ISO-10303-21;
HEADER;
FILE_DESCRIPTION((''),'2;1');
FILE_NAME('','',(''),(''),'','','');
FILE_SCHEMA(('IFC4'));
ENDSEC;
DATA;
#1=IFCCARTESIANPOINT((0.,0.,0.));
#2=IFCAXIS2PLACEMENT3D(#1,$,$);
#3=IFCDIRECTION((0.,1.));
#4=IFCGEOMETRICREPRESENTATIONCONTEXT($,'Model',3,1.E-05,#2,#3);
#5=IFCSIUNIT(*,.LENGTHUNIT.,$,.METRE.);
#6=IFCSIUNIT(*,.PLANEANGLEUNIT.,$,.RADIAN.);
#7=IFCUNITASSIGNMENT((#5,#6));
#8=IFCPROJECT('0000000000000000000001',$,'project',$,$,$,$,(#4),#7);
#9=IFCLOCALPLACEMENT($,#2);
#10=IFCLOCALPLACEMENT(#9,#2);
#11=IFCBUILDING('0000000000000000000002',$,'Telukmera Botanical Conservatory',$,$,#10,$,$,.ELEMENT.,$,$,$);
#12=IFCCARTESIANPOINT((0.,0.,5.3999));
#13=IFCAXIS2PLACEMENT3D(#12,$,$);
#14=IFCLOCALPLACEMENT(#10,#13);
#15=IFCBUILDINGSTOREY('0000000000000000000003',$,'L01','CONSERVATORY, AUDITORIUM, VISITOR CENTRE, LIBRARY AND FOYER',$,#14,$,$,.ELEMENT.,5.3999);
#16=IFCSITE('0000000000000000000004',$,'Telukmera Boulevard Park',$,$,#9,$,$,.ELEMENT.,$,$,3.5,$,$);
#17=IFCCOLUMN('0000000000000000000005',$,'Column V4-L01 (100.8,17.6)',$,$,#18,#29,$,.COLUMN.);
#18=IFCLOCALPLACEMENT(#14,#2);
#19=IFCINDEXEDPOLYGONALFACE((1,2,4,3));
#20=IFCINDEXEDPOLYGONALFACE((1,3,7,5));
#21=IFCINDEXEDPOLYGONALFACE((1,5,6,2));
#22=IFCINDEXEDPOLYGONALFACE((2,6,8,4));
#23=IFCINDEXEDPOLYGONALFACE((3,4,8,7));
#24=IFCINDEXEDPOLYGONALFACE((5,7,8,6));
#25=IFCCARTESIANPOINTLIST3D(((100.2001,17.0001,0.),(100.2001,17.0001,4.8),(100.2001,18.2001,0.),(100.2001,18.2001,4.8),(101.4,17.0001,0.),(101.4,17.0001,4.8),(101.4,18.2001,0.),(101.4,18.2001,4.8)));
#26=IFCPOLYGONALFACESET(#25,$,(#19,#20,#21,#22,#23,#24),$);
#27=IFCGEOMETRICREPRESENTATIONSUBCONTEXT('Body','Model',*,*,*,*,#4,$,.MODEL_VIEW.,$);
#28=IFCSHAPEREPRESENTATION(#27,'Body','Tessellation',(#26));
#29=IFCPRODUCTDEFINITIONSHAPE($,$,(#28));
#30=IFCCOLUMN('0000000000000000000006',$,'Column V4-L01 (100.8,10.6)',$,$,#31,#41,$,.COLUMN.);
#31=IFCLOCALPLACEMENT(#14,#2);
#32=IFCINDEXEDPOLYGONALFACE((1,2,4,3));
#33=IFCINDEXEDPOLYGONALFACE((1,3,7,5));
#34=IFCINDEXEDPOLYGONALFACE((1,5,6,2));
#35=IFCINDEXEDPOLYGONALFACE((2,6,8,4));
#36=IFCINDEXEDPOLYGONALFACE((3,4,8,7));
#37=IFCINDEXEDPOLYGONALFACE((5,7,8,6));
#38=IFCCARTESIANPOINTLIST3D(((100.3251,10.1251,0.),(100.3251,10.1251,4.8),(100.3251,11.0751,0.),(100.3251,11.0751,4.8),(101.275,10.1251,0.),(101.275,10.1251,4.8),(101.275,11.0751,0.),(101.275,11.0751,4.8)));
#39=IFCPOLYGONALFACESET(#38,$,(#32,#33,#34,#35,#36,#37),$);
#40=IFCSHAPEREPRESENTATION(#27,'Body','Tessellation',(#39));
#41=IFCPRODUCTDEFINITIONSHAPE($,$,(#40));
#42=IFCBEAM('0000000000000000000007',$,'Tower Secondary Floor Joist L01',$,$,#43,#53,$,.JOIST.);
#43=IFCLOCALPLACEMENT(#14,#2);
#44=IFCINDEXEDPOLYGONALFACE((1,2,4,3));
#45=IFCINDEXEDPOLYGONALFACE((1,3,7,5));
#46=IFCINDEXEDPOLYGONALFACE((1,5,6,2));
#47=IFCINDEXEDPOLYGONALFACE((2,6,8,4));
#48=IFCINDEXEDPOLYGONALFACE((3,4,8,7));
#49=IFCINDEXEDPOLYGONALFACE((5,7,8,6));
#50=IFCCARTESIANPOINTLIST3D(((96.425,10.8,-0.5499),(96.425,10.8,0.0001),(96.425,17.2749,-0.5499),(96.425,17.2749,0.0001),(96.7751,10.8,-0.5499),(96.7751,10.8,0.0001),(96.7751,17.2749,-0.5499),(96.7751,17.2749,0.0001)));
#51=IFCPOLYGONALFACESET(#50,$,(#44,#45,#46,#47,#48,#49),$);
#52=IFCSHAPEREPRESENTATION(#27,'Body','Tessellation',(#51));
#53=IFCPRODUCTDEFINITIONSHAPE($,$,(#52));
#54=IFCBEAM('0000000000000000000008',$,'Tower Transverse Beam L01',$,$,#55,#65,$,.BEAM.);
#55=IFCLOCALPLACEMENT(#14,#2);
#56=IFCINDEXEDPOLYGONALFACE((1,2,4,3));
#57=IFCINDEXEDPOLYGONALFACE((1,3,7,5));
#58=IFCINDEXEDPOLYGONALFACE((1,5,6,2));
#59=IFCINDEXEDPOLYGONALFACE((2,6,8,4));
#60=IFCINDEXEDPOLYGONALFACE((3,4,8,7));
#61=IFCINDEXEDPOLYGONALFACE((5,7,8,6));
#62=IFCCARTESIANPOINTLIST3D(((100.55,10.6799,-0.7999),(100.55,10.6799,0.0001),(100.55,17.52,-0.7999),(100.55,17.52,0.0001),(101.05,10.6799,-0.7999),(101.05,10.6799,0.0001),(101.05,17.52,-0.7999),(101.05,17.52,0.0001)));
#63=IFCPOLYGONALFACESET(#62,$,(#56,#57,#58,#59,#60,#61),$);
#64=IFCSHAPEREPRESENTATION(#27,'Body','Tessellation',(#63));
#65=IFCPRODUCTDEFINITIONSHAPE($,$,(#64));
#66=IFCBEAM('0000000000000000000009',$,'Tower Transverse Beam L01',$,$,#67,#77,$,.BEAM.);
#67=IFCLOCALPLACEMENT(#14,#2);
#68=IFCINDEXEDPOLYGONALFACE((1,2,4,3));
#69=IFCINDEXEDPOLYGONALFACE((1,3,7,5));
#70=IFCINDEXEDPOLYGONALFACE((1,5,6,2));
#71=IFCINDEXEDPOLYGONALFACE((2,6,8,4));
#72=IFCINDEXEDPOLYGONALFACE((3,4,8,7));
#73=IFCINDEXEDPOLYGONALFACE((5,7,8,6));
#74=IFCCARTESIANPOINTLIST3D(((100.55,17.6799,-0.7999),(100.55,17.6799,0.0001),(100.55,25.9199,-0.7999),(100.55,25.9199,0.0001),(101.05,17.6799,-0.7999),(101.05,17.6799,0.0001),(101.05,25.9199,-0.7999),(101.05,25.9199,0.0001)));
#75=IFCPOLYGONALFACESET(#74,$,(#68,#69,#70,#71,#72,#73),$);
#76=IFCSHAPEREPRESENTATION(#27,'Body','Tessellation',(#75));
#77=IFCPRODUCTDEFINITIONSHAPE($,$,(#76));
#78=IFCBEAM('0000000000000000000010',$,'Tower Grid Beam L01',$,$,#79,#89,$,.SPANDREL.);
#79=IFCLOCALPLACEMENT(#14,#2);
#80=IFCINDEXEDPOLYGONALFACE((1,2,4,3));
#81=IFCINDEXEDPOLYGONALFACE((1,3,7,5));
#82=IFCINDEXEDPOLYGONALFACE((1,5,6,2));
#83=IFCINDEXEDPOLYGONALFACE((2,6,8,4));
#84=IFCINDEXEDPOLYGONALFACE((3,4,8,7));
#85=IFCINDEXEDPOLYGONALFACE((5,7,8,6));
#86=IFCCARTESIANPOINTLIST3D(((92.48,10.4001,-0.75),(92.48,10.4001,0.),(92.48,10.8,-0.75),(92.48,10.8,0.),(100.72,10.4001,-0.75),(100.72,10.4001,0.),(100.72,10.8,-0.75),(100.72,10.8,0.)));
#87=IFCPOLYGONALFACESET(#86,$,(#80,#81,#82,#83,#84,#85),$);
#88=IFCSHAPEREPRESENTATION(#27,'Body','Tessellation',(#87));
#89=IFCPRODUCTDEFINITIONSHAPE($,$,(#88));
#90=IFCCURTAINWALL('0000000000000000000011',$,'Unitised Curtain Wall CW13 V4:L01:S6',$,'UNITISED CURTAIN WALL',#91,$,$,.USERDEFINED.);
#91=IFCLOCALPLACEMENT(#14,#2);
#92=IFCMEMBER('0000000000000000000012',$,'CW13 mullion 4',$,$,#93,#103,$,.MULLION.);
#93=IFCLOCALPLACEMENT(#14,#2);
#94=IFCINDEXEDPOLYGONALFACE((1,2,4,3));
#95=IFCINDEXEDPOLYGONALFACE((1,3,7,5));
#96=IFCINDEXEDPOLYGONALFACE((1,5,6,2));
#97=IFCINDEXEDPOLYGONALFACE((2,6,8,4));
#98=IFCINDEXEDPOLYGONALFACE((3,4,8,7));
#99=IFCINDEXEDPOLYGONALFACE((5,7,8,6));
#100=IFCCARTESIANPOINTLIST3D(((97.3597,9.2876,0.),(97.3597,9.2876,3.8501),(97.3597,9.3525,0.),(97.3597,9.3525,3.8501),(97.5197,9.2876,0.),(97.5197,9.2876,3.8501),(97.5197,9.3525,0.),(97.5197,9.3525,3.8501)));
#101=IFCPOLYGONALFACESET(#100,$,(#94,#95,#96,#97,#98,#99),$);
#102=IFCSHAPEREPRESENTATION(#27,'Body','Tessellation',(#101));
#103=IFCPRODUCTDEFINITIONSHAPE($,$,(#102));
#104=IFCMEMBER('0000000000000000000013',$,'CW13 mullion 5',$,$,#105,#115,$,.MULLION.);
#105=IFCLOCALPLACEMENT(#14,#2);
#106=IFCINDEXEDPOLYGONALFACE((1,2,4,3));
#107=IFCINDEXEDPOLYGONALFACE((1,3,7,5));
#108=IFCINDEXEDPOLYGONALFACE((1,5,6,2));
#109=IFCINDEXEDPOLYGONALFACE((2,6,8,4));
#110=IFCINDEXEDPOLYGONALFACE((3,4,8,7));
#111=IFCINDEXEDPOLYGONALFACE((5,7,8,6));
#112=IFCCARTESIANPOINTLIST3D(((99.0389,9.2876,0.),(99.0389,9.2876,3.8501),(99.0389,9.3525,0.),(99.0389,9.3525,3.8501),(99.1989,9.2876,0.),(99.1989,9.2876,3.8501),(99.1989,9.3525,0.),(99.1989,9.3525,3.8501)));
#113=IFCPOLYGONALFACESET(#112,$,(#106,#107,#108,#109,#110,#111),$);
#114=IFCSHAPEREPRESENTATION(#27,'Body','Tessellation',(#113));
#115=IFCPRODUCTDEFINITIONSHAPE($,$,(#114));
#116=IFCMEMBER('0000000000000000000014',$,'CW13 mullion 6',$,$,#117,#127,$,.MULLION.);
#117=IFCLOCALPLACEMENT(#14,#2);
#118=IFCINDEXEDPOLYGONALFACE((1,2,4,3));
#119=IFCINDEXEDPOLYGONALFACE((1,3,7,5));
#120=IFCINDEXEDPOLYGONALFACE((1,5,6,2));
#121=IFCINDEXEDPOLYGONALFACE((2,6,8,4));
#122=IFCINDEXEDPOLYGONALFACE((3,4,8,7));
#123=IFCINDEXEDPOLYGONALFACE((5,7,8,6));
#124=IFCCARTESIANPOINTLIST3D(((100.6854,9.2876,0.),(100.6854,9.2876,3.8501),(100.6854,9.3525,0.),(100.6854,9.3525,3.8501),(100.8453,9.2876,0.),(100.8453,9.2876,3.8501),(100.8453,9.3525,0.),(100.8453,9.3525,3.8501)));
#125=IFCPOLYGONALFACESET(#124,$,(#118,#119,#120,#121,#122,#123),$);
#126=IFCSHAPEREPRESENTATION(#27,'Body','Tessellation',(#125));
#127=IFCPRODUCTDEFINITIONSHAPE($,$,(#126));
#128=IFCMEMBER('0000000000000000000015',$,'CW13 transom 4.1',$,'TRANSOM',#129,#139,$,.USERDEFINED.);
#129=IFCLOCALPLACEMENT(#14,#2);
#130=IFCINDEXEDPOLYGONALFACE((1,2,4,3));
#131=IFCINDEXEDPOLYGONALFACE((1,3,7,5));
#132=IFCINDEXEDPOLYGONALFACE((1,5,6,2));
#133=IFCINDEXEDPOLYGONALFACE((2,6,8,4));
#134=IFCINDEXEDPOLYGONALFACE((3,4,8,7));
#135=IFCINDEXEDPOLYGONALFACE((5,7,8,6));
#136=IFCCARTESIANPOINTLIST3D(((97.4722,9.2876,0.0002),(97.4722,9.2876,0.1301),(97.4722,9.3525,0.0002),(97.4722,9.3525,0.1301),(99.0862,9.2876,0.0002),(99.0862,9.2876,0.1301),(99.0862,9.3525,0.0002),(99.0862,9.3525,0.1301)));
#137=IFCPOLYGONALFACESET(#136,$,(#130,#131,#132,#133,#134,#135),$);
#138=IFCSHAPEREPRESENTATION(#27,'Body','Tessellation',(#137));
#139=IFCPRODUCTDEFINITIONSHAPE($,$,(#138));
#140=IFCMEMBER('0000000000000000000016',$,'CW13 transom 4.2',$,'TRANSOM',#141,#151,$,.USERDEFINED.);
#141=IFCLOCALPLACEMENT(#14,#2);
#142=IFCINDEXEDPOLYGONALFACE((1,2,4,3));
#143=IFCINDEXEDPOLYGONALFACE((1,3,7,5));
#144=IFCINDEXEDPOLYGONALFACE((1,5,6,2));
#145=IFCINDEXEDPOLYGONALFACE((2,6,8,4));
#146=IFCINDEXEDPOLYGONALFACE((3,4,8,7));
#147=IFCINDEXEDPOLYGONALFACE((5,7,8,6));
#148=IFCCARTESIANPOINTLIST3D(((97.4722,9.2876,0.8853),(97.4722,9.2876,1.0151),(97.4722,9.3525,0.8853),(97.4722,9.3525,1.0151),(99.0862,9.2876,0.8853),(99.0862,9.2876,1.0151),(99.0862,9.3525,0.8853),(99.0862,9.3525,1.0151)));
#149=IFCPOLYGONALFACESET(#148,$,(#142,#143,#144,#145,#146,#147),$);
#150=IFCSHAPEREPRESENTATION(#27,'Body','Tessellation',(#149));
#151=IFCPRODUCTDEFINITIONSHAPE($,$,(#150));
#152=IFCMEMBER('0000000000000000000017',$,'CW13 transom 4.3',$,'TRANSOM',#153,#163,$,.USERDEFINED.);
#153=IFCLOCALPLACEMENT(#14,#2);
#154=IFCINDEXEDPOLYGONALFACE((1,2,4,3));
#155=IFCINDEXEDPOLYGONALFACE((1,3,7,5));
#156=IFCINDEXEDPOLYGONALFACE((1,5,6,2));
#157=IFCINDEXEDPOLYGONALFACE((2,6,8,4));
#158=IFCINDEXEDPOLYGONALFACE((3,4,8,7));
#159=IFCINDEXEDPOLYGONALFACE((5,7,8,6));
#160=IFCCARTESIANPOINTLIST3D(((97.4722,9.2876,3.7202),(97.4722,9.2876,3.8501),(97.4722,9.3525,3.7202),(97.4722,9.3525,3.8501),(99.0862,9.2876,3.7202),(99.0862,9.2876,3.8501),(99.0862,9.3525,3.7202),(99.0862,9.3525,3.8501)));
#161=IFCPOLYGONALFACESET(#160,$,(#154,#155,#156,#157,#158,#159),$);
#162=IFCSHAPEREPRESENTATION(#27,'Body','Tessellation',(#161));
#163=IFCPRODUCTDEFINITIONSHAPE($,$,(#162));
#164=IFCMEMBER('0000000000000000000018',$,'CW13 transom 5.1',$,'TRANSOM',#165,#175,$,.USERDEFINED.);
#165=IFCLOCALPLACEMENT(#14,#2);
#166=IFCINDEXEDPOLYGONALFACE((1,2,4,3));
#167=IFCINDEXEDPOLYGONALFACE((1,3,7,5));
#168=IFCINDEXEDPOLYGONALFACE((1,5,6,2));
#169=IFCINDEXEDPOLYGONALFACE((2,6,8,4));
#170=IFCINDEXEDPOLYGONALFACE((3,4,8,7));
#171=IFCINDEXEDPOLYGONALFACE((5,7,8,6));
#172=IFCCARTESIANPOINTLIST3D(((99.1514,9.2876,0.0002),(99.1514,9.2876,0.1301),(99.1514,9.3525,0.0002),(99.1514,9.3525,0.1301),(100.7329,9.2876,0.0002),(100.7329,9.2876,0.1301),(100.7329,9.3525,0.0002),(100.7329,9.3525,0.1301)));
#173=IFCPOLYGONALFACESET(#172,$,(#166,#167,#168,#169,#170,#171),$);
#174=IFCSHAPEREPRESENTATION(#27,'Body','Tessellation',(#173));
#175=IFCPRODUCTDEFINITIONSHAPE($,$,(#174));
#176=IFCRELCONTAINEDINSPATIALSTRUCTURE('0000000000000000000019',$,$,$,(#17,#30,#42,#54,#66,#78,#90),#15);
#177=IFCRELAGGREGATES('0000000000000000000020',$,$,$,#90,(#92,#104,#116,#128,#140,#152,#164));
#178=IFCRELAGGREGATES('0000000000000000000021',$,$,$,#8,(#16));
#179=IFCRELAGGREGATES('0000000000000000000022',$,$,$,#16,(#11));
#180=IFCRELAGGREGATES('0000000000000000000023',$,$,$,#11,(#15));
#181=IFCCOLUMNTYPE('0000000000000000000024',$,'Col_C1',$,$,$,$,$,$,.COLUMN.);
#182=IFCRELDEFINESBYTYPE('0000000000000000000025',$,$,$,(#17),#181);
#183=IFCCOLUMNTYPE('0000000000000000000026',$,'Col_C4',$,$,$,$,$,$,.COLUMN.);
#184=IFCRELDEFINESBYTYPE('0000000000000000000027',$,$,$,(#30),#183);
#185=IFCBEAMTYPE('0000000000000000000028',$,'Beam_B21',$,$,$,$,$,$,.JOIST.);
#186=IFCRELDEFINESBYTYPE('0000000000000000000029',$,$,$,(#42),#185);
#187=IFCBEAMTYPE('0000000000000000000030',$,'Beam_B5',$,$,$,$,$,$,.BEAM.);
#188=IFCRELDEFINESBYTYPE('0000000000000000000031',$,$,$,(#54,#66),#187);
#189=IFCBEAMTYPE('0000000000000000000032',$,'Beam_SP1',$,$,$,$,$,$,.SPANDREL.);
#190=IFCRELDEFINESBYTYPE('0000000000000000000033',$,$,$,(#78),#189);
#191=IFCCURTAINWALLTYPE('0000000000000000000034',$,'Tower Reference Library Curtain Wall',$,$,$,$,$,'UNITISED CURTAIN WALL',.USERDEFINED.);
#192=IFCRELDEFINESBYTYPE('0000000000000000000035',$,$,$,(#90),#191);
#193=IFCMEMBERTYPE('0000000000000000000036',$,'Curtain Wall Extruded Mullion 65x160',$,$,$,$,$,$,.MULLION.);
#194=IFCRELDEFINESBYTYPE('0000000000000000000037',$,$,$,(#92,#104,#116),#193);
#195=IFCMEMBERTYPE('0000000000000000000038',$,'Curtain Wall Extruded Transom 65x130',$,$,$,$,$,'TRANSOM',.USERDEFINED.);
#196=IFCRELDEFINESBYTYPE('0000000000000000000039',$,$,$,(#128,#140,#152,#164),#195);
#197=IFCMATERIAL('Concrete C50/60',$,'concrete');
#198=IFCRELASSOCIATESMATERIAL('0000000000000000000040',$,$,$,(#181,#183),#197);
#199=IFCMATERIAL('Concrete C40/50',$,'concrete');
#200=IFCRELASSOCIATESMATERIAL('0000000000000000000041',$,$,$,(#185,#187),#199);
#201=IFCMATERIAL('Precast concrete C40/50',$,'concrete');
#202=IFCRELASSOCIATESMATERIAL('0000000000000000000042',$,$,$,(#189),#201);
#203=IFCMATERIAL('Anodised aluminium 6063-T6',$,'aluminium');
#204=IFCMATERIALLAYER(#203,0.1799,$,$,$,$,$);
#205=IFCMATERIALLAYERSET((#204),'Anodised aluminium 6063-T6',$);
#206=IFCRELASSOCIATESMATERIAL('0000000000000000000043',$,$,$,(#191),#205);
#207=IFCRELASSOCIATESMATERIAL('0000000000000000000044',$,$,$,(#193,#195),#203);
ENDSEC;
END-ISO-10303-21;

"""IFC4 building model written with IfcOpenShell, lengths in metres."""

from ifc_helpers import new_model, si_unit, direction, frame, origin, origin_2d, place, context, subcontext, project, spatial, rectangle, extrude, material, layer, layer_set, material_profile, profile_set, type_object, element, aggregate, save


model = new_model("IFC4")

# Units and contexts
model_context = context("Model", 3, precision=1e-05, world=origin(), true_north=direction((0.0, 1.0)))
body_context = subcontext(model_context, "Body", "Model", "MODEL_VIEW")
ifc_project = project(units=[si_unit("LENGTHUNIT", "METRE"), si_unit("PLANEANGLEUNIT", "RADIAN")], contexts=[model_context])

# Site, building, storey
site_placement = place(None, origin())
site = spatial("IfcSite", under=ifc_project, at=site_placement, Name="Telukmera Boulevard Park", CompositionType="ELEMENT", RefElevation=3.5)
building_placement = place(site_placement, origin())
building = spatial("IfcBuilding", under=site, at=building_placement, Name="Telukmera Botanical Conservatory", CompositionType="ELEMENT")
storey_placement = place(building_placement, frame((0.0, 0.0, 5.3999)))
storey = spatial("IfcBuildingStorey", under=building, at=storey_placement, Name="L01", Description="CONSERVATORY, AUDITORIUM, VISITOR CENTRE, LIBRARY AND FOYER", CompositionType="ELEMENT", Elevation=5.3999)

# Columns
ifc_material_1 = material(Name="Concrete C50/60", Category="concrete")
ifc_material_profile_1 = material_profile(ifc_material_1, rectangle(XDim=1.2, YDim=1.2, at=origin_2d()), Name="RC 1200x1200")
ifc_profile_set_1 = profile_set([ifc_material_profile_1], Name="Concrete C50/60")
column_type_1 = type_object("IfcColumnType", Name="Col_C1", PredefinedType="COLUMN", material=ifc_profile_set_1)
column_1_placement = place(storey_placement, frame((100.8, 17.6001, 0.0), z_axis=(0.0, 0.0, 1.0), x_axis=(1.0, 0.0, 0.0)))
element("IfcColumn", 1, at=column_1_placement, inside=storey, type_object=column_type_1, Name="Column V4-L01 (100.8,17.6)", PredefinedType="COLUMN", context=body_context, shape_type="SweptSolid", body=[
    extrude(rectangle(XDim=1.2, YDim=1.2, at=origin_2d()), origin(), (0.0, 0.0, 1.0), 4.8),
])
ifc_material_profile_2 = material_profile(ifc_material_1, rectangle(XDim=0.95, YDim=0.95, at=origin_2d()), Name="RC 950x950")
ifc_profile_set_2 = profile_set([ifc_material_profile_2], Name="Concrete C50/60")
column_type_2 = type_object("IfcColumnType", Name="Col_C4", PredefinedType="COLUMN", material=ifc_profile_set_2)
column_2_placement = place(storey_placement, frame((100.8, 10.6001, 0.0), z_axis=(0.0, 0.0, 1.0), x_axis=(1.0, 0.0, 0.0)))
element("IfcColumn", 2, at=column_2_placement, inside=storey, type_object=column_type_2, Name="Column V4-L01 (100.8,10.6)", PredefinedType="COLUMN", context=body_context, shape_type="SweptSolid", body=[
    extrude(rectangle(XDim=0.95, YDim=0.95, at=origin_2d()), origin(), (0.0, 0.0, 1.0), 4.8),
])

# Beams
ifc_material_2 = material(Name="Concrete C40/50", Category="concrete")
ifc_material_profile_3 = material_profile(ifc_material_2, rectangle(XDim=0.3501, YDim=0.55, at=origin_2d()), Name="RC 350x550")
ifc_profile_set_3 = profile_set([ifc_material_profile_3], Name="Concrete C40/50")
beam_type_1 = type_object("IfcBeamType", Name="Beam_B21", PredefinedType="JOIST", material=ifc_profile_set_3)
beam_1_placement = place(storey_placement, frame((96.6001, 10.8, -0.2749), z_axis=(0.0, 1.0, 0.0), x_axis=(-1.0, 0.0, 0.0)))
element("IfcBeam", 3, at=beam_1_placement, inside=storey, type_object=beam_type_1, Name="Tower Secondary Floor Joist L01", PredefinedType="JOIST", context=body_context, shape_type="SweptSolid", body=[
    extrude(rectangle(XDim=0.3501, YDim=0.55, at=origin_2d()), origin(), (0.0, 0.0, 1.0), 6.4749),
])
ifc_material_profile_4 = material_profile(ifc_material_2, rectangle(XDim=0.5, YDim=0.8, at=origin_2d()), Name="RC 500x800")
ifc_profile_set_4 = profile_set([ifc_material_profile_4], Name="Concrete C40/50")
beam_type_2 = type_object("IfcBeamType", Name="Beam_B5", PredefinedType="BEAM", material=ifc_profile_set_4)
beam_2_placement = place(storey_placement, frame((100.8, 10.6799, -0.3999), z_axis=(0.0, 1.0, 0.0), x_axis=(-1.0, 0.0, 0.0)))
element("IfcBeam", 4, at=beam_2_placement, inside=storey, type_object=beam_type_2, Name="Tower Transverse Beam L01", PredefinedType="BEAM", context=body_context, shape_type="SweptSolid", body=[
    extrude(rectangle(XDim=0.5, YDim=0.8, at=origin_2d()), origin(), (0.0, 0.0, 1.0), 6.8401),
])
beam_3_placement = place(storey_placement, frame((100.8, 17.6799, -0.3999), z_axis=(0.0, 1.0, 0.0), x_axis=(-1.0, 0.0, 0.0)))
element("IfcBeam", 5, at=beam_3_placement, inside=storey, type_object=beam_type_2, Name="Tower Transverse Beam L01", PredefinedType="BEAM", context=body_context, shape_type="SweptSolid", body=[
    extrude(rectangle(XDim=0.5, YDim=0.8, at=origin_2d()), origin(), (0.0, 0.0, 1.0), 8.24),
])
ifc_material_3 = material(Name="Precast concrete C40/50", Category="concrete")
ifc_material_profile_5 = material_profile(ifc_material_3, rectangle(XDim=0.3999, YDim=0.75, at=origin_2d()), Name="PC 400x750")
ifc_profile_set_5 = profile_set([ifc_material_profile_5], Name="Precast concrete C40/50")
beam_type_3 = type_object("IfcBeamType", Name="Beam_SP1", PredefinedType="SPANDREL", material=ifc_profile_set_5)
beam_4_placement = place(storey_placement, frame((92.48, 10.6001, -0.375), z_axis=(1.0, 0.0, 0.0), x_axis=(0.0, 1.0, 0.0)))
element("IfcBeam", 6, at=beam_4_placement, inside=storey, type_object=beam_type_3, Name="Tower Grid Beam L01", PredefinedType="SPANDREL", context=body_context, shape_type="SweptSolid", body=[
    extrude(rectangle(XDim=0.3999, YDim=0.75, at=origin_2d()), origin(), (0.0, 0.0, 1.0), 8.24),
])

# Curtain wall, members
ifc_material_4 = material(Name="Anodised aluminium 6063-T6", Category="aluminium")
ifc_layer_1 = layer(ifc_material_4, 0.1799)
ifc_layer_set_1 = layer_set([ifc_layer_1], Name="Anodised aluminium 6063-T6")
curtain_wall_type = type_object("IfcCurtainWallType", Name="Tower Reference Library Curtain Wall", ElementType="UNITISED CURTAIN WALL", PredefinedType="USERDEFINED", material=ifc_layer_set_1)
curtain_wall_placement = place(storey_placement, origin())
curtain_wall = element("IfcCurtainWall", 7, at=curtain_wall_placement, inside=storey, type_object=curtain_wall_type, Name="Unitised Curtain Wall CW13 V4:L01:S6", ObjectType="UNITISED CURTAIN WALL", PredefinedType="USERDEFINED")
ifc_material_profile_6 = material_profile(ifc_material_4, rectangle(XDim=0.0649, YDim=0.1599, at=origin_2d()), Name="ALU MULL 65x160")
ifc_profile_set_6 = profile_set([ifc_material_profile_6], Name="Anodised aluminium 6063-T6")
member_type_1 = type_object("IfcMemberType", Name="Curtain Wall Extruded Mullion 65x160", PredefinedType="MULLION", material=ifc_profile_set_6)
member_1_placement = place(storey_placement, frame((97.4397, 9.3201, 0.0), z_axis=(0.0, 0.0, 1.0), x_axis=(0.0, 1.0, 0.0)))
member_1 = element("IfcMember", 8, at=member_1_placement, type_object=member_type_1, Name="CW13 mullion 4", PredefinedType="MULLION", context=body_context, shape_type="SweptSolid", body=[
    extrude(rectangle(XDim=0.0649, YDim=0.1599, at=origin_2d()), origin(), (0.0, 0.0, 1.0), 3.8501),
])
member_2_placement = place(storey_placement, frame((99.1189, 9.3201, 0.0), z_axis=(0.0, 0.0, 1.0), x_axis=(0.0, 1.0, 0.0)))
member_2 = element("IfcMember", 9, at=member_2_placement, type_object=member_type_1, Name="CW13 mullion 5", PredefinedType="MULLION", context=body_context, shape_type="SweptSolid", body=[
    extrude(rectangle(XDim=0.0649, YDim=0.1599, at=origin_2d()), origin(), (0.0, 0.0, 1.0), 3.8501),
])
member_3_placement = place(storey_placement, frame((100.7654, 9.3201, 0.0), z_axis=(0.0, 0.0, 1.0), x_axis=(0.0, 1.0, 0.0)))
member_3 = element("IfcMember", 10, at=member_3_placement, type_object=member_type_1, Name="CW13 mullion 6", PredefinedType="MULLION", context=body_context, shape_type="SweptSolid", body=[
    extrude(rectangle(XDim=0.0649, YDim=0.1599, at=origin_2d()), origin(), (0.0, 0.0, 1.0), 3.8501),
])
ifc_material_profile_7 = material_profile(ifc_material_4, rectangle(XDim=0.0649, YDim=0.1299, at=origin_2d()), Name="ALU TRAN 65x130")
ifc_profile_set_7 = profile_set([ifc_material_profile_7], Name="Anodised aluminium 6063-T6")
member_type_2 = type_object("IfcMemberType", Name="Curtain Wall Extruded Transom 65x130", ElementType="TRANSOM", PredefinedType="USERDEFINED", material=ifc_profile_set_7)
member_4_placement = place(storey_placement, frame((97.4722, 9.3201, 0.0652), z_axis=(1.0, 0.0, 0.0), x_axis=(0.0, 1.0, 0.0)))
member_4 = element("IfcMember", 11, at=member_4_placement, type_object=member_type_2, Name="CW13 transom 4.1", ObjectType="TRANSOM", PredefinedType="USERDEFINED", context=body_context, shape_type="SweptSolid", body=[
    extrude(rectangle(XDim=0.0649, YDim=0.1299, at=origin_2d()), origin(), (0.0, 0.0, 1.0), 1.614),
])
member_5_placement = place(storey_placement, frame((97.4722, 9.3201, 0.9502), z_axis=(1.0, 0.0, 0.0), x_axis=(0.0, 1.0, 0.0)))
member_5 = element("IfcMember", 12, at=member_5_placement, type_object=member_type_2, Name="CW13 transom 4.2", ObjectType="TRANSOM", PredefinedType="USERDEFINED", context=body_context, shape_type="SweptSolid", body=[
    extrude(rectangle(XDim=0.0649, YDim=0.1299, at=origin_2d()), origin(), (0.0, 0.0, 1.0), 1.614),
])
member_6_placement = place(storey_placement, frame((97.4722, 9.3201, 3.7852), z_axis=(1.0, 0.0, 0.0), x_axis=(0.0, 1.0, 0.0)))
member_6 = element("IfcMember", 13, at=member_6_placement, type_object=member_type_2, Name="CW13 transom 4.3", ObjectType="TRANSOM", PredefinedType="USERDEFINED", context=body_context, shape_type="SweptSolid", body=[
    extrude(rectangle(XDim=0.0649, YDim=0.1299, at=origin_2d()), origin(), (0.0, 0.0, 1.0), 1.614),
])
member_7_placement = place(storey_placement, frame((99.1514, 9.3201, 0.0652), z_axis=(1.0, 0.0, 0.0), x_axis=(0.0, 1.0, 0.0)))
member_7 = element("IfcMember", 14, at=member_7_placement, type_object=member_type_2, Name="CW13 transom 5.1", ObjectType="TRANSOM", PredefinedType="USERDEFINED", context=body_context, shape_type="SweptSolid", body=[
    extrude(rectangle(XDim=0.0649, YDim=0.1299, at=origin_2d()), origin(), (0.0, 0.0, 1.0), 1.5815),
])
aggregate(curtain_wall, [member_1, member_2, member_3, member_4, member_5, member_6, member_7])

save(model, "model.ifc")
